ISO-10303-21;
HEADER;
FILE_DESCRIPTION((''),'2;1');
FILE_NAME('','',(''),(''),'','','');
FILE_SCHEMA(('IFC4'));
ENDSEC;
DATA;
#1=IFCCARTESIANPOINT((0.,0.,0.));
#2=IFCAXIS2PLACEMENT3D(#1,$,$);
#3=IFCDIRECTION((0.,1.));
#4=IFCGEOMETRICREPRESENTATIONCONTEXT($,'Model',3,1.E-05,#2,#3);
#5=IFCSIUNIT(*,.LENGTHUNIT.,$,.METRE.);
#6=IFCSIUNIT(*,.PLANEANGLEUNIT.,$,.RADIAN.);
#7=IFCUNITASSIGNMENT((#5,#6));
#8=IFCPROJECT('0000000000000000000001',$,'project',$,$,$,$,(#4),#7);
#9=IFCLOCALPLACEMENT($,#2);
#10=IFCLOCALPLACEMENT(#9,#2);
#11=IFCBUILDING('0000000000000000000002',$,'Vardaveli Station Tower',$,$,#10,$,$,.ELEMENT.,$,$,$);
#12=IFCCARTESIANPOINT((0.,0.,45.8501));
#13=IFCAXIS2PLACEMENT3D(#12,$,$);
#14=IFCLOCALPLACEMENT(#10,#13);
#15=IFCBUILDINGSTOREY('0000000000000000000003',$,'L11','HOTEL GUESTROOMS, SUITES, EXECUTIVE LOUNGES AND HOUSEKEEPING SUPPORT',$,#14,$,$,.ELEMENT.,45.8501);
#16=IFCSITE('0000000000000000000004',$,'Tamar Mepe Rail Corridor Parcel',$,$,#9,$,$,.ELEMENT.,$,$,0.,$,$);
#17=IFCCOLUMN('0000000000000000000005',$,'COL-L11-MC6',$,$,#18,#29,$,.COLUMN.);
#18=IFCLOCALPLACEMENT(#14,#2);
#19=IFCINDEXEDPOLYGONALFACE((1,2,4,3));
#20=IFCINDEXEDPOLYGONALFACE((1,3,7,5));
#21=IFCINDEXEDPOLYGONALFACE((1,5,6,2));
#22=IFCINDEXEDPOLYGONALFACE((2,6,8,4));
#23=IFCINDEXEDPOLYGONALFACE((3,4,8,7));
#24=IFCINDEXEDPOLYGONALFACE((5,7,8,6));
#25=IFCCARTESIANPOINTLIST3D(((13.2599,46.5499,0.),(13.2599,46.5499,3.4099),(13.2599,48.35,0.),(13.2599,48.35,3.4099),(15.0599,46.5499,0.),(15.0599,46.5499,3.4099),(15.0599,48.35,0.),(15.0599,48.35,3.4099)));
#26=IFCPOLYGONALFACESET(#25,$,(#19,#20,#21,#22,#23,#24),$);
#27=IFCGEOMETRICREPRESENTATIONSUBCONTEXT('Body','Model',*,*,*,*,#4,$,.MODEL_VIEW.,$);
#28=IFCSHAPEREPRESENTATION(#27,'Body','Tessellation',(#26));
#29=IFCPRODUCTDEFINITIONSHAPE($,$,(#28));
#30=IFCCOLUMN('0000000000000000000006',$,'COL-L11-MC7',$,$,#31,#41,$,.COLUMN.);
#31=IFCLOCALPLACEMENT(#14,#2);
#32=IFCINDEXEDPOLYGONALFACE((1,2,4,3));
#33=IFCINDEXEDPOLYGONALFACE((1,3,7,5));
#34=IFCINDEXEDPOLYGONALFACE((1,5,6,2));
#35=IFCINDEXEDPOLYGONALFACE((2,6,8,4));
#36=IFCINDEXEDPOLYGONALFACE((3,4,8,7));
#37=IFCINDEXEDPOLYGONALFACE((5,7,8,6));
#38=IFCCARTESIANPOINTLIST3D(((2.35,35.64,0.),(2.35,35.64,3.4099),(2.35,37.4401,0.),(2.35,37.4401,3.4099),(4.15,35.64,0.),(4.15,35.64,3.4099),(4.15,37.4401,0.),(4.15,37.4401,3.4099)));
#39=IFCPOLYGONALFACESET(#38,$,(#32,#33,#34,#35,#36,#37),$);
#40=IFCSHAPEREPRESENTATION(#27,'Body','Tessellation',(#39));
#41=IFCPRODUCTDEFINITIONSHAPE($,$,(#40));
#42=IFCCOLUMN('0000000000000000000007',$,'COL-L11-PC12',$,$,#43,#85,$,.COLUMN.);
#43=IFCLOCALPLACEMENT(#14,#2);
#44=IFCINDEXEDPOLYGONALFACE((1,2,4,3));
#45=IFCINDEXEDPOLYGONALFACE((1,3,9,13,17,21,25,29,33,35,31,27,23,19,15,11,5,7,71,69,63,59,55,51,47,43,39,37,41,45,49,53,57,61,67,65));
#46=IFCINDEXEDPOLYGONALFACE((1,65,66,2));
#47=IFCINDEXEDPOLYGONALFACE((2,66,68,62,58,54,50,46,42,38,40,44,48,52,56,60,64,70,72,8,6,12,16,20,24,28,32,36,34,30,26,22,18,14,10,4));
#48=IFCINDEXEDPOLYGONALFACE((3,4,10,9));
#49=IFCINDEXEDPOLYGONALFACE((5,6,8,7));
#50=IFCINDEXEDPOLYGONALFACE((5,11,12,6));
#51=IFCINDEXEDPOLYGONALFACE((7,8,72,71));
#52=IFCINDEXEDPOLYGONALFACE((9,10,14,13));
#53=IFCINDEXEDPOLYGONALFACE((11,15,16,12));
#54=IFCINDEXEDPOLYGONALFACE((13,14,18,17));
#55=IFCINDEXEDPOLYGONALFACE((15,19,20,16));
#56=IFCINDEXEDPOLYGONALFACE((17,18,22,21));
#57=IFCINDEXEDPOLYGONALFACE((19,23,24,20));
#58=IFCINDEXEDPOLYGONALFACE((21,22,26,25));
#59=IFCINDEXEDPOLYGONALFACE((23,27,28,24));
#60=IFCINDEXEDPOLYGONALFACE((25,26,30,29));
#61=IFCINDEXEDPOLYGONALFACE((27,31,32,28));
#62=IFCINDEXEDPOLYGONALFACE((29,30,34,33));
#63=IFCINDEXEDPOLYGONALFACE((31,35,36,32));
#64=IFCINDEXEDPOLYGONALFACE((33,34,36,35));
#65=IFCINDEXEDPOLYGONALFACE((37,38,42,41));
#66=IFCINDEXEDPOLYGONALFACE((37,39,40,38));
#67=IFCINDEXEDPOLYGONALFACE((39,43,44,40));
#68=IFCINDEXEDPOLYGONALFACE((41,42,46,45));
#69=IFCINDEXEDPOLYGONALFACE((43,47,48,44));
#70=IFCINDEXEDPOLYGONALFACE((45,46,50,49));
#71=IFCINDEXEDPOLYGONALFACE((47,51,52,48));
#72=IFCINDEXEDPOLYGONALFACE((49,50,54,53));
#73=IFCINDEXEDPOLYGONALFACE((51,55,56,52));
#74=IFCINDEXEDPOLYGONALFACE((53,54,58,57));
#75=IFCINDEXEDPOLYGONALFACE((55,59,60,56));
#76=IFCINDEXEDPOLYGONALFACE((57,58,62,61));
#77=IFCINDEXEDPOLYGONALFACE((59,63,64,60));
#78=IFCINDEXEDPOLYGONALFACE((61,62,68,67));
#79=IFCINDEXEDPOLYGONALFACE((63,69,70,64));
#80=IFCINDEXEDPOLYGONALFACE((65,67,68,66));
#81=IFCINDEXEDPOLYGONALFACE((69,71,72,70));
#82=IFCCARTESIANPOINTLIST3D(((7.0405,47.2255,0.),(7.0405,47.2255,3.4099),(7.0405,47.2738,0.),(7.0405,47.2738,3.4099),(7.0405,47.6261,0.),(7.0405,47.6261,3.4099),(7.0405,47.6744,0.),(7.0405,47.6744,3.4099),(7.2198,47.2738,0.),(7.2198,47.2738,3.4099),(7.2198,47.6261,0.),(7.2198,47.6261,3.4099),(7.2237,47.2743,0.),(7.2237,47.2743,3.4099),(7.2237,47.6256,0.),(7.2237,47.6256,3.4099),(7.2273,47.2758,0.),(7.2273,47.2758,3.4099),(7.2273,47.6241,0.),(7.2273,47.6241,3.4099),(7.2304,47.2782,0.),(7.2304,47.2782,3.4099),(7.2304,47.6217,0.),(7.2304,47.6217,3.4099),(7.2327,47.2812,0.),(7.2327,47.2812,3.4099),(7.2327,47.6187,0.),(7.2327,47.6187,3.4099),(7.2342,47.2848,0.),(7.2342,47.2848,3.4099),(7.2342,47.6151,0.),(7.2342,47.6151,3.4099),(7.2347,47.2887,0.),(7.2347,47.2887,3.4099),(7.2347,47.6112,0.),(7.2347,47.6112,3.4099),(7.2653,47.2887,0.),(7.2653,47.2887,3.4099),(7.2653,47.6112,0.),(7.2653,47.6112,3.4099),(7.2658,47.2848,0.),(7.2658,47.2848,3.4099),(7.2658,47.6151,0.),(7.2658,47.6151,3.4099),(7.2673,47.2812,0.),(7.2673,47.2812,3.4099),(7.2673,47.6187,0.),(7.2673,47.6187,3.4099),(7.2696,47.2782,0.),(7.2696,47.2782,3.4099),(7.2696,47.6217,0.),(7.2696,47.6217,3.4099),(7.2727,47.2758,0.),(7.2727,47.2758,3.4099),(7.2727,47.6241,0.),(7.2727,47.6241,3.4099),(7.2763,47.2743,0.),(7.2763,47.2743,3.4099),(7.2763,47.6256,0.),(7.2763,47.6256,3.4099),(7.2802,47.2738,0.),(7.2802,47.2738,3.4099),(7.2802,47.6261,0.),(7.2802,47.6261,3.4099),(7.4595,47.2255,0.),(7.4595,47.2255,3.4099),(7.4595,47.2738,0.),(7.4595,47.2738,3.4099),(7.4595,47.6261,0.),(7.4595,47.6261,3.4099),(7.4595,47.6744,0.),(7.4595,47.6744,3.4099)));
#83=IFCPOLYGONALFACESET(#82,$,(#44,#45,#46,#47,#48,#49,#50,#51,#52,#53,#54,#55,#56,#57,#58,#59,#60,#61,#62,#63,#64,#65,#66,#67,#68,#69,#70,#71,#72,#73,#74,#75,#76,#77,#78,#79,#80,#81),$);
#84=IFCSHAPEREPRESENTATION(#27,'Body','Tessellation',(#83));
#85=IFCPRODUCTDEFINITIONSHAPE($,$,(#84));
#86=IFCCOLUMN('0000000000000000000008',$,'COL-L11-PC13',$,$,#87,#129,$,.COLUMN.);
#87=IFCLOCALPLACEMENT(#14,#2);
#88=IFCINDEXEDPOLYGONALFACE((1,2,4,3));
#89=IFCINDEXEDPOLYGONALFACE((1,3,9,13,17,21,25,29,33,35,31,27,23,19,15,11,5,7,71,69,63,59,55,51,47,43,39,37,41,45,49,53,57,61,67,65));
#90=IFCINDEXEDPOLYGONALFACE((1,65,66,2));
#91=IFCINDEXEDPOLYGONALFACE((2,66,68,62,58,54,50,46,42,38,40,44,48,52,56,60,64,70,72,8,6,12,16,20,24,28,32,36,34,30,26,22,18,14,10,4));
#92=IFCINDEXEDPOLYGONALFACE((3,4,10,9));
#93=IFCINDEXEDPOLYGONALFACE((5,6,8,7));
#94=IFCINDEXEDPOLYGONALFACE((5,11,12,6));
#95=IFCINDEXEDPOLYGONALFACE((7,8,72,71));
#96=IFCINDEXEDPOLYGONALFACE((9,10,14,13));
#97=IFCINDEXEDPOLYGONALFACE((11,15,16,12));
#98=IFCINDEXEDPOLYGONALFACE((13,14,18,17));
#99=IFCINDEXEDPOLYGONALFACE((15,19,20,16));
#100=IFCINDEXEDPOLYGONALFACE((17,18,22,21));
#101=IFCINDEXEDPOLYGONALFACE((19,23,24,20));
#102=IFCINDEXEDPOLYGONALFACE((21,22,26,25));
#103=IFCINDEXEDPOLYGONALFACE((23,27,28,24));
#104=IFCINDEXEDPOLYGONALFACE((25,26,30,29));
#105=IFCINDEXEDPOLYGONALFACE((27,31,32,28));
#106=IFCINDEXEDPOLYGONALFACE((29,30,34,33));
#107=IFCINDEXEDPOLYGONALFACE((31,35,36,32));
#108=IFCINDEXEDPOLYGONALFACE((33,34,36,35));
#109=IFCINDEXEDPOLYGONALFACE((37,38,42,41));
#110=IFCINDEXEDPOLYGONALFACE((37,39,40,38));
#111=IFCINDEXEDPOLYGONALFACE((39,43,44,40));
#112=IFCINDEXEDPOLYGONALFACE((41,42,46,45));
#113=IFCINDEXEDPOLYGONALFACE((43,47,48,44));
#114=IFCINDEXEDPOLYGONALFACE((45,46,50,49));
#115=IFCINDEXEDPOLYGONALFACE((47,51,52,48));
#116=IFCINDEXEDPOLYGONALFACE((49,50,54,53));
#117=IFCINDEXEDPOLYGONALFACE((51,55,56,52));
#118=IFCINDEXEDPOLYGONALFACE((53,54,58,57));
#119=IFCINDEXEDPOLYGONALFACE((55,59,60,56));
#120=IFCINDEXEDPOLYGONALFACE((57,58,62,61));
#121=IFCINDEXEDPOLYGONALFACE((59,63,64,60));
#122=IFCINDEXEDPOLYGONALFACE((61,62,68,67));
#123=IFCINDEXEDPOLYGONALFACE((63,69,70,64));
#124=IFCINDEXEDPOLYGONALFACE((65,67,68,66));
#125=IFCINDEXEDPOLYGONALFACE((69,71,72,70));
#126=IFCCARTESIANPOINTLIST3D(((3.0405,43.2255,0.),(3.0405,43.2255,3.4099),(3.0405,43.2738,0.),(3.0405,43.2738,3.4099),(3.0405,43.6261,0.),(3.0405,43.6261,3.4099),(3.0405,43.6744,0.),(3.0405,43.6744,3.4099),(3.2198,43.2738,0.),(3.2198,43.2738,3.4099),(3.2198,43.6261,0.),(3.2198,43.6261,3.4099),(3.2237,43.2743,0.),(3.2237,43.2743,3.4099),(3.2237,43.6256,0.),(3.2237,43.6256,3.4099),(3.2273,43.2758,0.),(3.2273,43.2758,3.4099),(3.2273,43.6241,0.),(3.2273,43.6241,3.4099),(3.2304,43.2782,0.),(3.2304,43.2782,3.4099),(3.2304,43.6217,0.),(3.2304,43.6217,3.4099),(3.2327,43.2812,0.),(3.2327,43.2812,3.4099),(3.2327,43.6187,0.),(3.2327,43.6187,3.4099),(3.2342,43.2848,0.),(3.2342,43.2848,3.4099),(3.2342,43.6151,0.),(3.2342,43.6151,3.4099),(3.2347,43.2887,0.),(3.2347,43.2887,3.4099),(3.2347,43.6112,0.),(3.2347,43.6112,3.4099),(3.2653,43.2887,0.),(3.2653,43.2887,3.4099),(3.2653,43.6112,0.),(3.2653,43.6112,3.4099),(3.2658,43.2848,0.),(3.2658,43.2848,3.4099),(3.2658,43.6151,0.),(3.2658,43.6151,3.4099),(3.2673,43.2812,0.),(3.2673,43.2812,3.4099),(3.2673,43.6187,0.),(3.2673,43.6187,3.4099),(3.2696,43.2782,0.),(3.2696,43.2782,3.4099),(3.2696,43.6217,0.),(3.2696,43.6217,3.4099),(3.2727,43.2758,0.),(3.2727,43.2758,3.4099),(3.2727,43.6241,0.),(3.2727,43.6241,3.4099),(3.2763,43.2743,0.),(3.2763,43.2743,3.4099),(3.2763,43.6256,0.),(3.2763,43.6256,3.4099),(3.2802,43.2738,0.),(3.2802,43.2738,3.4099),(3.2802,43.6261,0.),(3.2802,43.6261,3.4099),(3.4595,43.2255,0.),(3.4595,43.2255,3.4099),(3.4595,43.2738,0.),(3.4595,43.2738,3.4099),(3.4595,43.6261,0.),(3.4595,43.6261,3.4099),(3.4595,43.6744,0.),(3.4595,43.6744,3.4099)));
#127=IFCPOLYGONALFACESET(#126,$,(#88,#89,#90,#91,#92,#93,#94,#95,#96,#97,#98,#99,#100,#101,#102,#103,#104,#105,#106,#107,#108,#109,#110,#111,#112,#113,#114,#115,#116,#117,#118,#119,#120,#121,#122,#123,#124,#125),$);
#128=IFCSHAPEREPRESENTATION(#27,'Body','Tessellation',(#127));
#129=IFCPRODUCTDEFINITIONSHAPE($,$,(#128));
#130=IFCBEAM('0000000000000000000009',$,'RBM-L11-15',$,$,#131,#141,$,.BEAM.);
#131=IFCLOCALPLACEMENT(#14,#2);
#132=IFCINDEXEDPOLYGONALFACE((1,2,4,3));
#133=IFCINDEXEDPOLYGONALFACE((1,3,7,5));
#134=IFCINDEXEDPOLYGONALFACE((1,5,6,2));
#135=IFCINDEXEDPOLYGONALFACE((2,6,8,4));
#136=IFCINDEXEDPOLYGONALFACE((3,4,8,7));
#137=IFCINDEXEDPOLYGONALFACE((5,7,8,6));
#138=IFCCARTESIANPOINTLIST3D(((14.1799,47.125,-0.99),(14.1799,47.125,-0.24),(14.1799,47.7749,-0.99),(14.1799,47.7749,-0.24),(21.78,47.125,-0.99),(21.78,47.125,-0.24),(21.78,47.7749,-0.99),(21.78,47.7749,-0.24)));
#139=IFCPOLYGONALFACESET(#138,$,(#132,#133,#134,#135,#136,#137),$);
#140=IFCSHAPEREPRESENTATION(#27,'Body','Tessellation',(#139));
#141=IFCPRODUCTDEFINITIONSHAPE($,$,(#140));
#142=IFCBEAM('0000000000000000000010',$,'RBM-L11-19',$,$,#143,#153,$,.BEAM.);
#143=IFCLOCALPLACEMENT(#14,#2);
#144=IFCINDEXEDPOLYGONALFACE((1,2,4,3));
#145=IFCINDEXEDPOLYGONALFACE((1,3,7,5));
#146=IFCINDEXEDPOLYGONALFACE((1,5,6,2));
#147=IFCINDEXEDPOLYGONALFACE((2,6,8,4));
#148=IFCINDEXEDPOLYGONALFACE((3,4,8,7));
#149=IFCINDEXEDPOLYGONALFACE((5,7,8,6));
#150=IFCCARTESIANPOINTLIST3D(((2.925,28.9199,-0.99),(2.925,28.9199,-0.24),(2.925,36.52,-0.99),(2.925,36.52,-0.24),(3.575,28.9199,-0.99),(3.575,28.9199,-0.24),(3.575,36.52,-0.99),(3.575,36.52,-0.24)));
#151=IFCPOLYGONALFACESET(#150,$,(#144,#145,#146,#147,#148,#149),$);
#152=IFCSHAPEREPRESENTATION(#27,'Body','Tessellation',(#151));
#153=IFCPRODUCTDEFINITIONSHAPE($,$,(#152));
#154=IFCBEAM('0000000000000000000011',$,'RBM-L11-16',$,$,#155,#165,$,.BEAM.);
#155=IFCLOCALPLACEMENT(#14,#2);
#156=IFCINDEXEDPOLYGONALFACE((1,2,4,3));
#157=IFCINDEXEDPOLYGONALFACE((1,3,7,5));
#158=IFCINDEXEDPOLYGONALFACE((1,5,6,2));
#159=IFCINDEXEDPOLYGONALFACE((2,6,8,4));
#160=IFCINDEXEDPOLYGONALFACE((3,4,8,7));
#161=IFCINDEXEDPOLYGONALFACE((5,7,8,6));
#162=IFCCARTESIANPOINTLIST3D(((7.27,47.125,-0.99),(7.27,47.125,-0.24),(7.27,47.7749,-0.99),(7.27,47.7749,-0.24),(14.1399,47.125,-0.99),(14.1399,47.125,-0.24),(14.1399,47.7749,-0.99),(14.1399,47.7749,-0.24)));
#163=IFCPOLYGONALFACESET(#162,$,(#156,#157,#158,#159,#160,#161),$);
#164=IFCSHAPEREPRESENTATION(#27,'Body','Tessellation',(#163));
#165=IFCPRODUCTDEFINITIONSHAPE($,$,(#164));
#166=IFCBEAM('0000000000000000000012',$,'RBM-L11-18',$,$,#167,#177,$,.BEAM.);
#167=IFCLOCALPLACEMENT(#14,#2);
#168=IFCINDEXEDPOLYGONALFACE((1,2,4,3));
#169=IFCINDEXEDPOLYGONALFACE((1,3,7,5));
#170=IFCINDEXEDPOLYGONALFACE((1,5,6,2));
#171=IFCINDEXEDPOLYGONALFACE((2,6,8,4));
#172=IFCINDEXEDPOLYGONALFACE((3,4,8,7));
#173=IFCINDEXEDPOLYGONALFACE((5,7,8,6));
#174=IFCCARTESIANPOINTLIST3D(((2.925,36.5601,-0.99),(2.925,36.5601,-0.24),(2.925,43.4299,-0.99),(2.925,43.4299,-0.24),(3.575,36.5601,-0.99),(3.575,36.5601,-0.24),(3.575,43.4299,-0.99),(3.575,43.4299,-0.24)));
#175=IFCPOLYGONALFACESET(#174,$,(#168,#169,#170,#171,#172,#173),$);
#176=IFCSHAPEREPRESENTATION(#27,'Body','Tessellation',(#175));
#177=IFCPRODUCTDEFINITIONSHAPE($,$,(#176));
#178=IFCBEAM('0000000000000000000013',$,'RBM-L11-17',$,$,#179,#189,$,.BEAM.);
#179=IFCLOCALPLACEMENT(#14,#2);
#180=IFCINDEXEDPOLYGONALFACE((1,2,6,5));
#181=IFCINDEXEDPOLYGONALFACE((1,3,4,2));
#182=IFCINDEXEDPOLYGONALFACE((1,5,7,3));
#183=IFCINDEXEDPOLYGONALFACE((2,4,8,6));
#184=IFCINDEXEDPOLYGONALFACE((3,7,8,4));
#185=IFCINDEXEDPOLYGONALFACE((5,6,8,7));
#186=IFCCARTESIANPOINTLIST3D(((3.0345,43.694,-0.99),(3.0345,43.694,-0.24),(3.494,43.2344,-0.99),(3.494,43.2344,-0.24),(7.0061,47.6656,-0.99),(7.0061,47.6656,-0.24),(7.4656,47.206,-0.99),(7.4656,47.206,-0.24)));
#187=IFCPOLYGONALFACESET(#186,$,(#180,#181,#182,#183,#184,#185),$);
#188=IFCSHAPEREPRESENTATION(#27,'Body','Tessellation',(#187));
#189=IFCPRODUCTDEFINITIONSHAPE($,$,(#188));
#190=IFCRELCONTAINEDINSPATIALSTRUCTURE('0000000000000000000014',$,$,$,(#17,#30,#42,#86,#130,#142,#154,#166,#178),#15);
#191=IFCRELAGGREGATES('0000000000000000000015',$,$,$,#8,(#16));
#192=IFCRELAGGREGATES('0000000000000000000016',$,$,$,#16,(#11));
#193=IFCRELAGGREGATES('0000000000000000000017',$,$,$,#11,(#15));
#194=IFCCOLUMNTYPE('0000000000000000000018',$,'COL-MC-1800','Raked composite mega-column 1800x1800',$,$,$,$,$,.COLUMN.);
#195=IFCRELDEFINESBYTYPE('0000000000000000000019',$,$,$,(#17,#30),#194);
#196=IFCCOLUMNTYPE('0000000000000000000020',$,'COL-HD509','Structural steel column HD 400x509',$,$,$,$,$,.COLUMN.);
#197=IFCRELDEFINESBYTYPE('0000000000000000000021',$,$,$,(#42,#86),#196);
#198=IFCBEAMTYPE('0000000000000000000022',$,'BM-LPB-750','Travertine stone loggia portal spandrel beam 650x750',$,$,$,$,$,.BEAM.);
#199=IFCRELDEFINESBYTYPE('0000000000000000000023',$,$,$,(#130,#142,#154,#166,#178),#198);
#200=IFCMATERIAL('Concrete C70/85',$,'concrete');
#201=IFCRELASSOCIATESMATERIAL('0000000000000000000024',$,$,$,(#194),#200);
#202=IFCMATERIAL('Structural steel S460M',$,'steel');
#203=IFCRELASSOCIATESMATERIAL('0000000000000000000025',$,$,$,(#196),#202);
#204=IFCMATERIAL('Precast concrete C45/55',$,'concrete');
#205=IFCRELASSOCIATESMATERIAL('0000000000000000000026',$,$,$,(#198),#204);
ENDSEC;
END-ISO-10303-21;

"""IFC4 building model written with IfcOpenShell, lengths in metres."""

from ifc_helpers import new_model, si_unit, direction, frame, origin, origin_2d, place, context, subcontext, project, spatial, rectangle, i_section, extrude, source, transform, mapped, material, material_profile, profile_set, type_object, element, save


model = new_model("IFC4")

# Units and contexts
model_context = context("Model", 3, precision=1e-05, world=origin(), true_north=direction((0.0, 1.0)))
body_context = subcontext(model_context, "Body", "Model", "MODEL_VIEW")
ifc_project = project(units=[si_unit("LENGTHUNIT", "METRE"), si_unit("PLANEANGLEUNIT", "RADIAN")], contexts=[model_context])

# Site, building, storey
site_placement = place(None, origin())
site = spatial("IfcSite", under=ifc_project, at=site_placement, Name="Tamar Mepe Rail Corridor Parcel", CompositionType="ELEMENT", RefElevation=0.0)
building_placement = place(site_placement, origin())
building = spatial("IfcBuilding", under=site, at=building_placement, Name="Vardaveli Station Tower", CompositionType="ELEMENT")
storey_placement = place(building_placement, frame((0.0, 0.0, 45.8501)))
storey = spatial("IfcBuildingStorey", under=building, at=storey_placement, Name="L11", Description="HOTEL GUESTROOMS, SUITES, EXECUTIVE LOUNGES AND HOUSEKEEPING SUPPORT", CompositionType="ELEMENT", Elevation=45.8501)

# Columns
ifc_material_1 = material(Name="Concrete C70/85", Category="concrete")
ifc_material_profile_1 = material_profile(ifc_material_1, rectangle(XDim=1.8, YDim=1.8, at=origin_2d()), Name="MC 1800x1800")
ifc_profile_set_1 = profile_set([ifc_material_profile_1], Name="Concrete C70/85")
column_type_1 = type_object("IfcColumnType", Name="COL-MC-1800", Description="Raked composite mega-column 1800x1800", PredefinedType="COLUMN", material=ifc_profile_set_1)
shared_shape_1 = source(origin(), body_context, "Body", "SweptSolid", [
    extrude(rectangle(XDim=1.8, YDim=1.8, at=origin_2d()), origin(), (0.0, 0.0, 1.0), 3.4099),
])
for number, where, z_axis, x_axis, name in (
    (1, (14.1599, 47.45, 0.0), (0.0, 0.0, 1.0), (1.0, 0.0, 0.0), "COL-L11-MC6"),
    (2, (3.25, 36.54, 0.0), (0.0, 0.0, 1.0), (1.0, 0.0, 0.0), "COL-L11-MC7"),
):
    element("IfcColumn", number, at=place(storey_placement, frame(where, z_axis=z_axis, x_axis=x_axis)), inside=storey, type_object=column_type_1, Name=name, PredefinedType="COLUMN", context=body_context, shape_type="MappedRepresentation", body=[
        mapped(shared_shape_1, transform((0.0, 0.0, 0.0), scale=1.0)),
    ])
ifc_material_2 = material(Name="Structural steel S460M", Category="steel")
ifc_material_profile_2 = material_profile(ifc_material_2, i_section(OverallWidth=0.4189, OverallDepth=0.449, WebThickness=0.0305, FlangeThickness=0.0483, FilletRadius=0.0149, at=origin_2d()), Name="HD 400x509")
ifc_profile_set_2 = profile_set([ifc_material_profile_2], Name="Structural steel S460M")
column_type_2 = type_object("IfcColumnType", Name="COL-HD509", Description="Structural steel column HD 400x509", PredefinedType="COLUMN", material=ifc_profile_set_2)
shared_shape_2 = source(origin(), body_context, "Body", "SweptSolid", [
    extrude(i_section(OverallWidth=0.4189, OverallDepth=0.449, WebThickness=0.0305, FlangeThickness=0.0483, FilletRadius=0.0149, at=origin_2d()), origin(), (0.0, 0.0, 1.0), 3.4099),
])
for number, where, z_axis, x_axis, name in (
    (3, (7.25, 47.45, 0.0), (0.0, 0.0, 1.0), (1.0, 0.0, 0.0), "COL-L11-PC12"),
    (4, (3.25, 43.45, 0.0), (0.0, 0.0, 1.0), (1.0, 0.0, 0.0), "COL-L11-PC13"),
):
    element("IfcColumn", number, at=place(storey_placement, frame(where, z_axis=z_axis, x_axis=x_axis)), inside=storey, type_object=column_type_2, Name=name, PredefinedType="COLUMN", context=body_context, shape_type="MappedRepresentation", body=[
        mapped(shared_shape_2, transform((0.0, 0.0, 0.0), scale=1.0)),
    ])

# Beams
ifc_material_3 = material(Name="Precast concrete C45/55", Category="concrete")
ifc_material_profile_3 = material_profile(ifc_material_3, rectangle(XDim=0.6499, YDim=0.75, at=origin_2d()), Name="LPB 650x750")
ifc_profile_set_3 = profile_set([ifc_material_profile_3], Name="Precast concrete C45/55")
beam_type = type_object("IfcBeamType", Name="BM-LPB-750", Description="Travertine stone loggia portal spandrel beam 650x750", PredefinedType="BEAM", material=ifc_profile_set_3)
shared_shape_3 = source(origin(), body_context, "Body", "SweptSolid", [
    extrude(rectangle(XDim=0.6499, YDim=0.75, at=origin_2d()), origin(), (0.0, 0.0, 1.0), 7.6001),
])
for number, where, z_axis, x_axis, name in (
    (5, (21.78, 47.45, -0.615), (-1.0, 0.0, 0.0), (0.0, -1.0, 0.0), "RBM-L11-15"),
    (6, (3.25, 36.52, -0.615), (0.0, -1.0, 0.0), (1.0, 0.0, 0.0), "RBM-L11-19"),
):
    element("IfcBeam", number, at=place(storey_placement, frame(where, z_axis=z_axis, x_axis=x_axis)), inside=storey, type_object=beam_type, Name=name, PredefinedType="BEAM", context=body_context, shape_type="MappedRepresentation", body=[
        mapped(shared_shape_3, transform((0.0, 0.0, 0.0), scale=1.0)),
    ])
shared_shape_4 = source(origin(), body_context, "Body", "SweptSolid", [
    extrude(rectangle(XDim=0.6499, YDim=0.75, at=origin_2d()), origin(), (0.0, 0.0, 1.0), 6.8699),
])
for number, where, z_axis, x_axis, name in (
    (7, (14.1399, 47.45, -0.615), (-1.0, 0.0, 0.0), (0.0, -1.0, 0.0), "RBM-L11-16"),
    (8, (3.25, 43.4299, -0.615), (0.0, -1.0, 0.0), (1.0, 0.0, 0.0), "RBM-L11-18"),
):
    element("IfcBeam", number, at=place(storey_placement, frame(where, z_axis=z_axis, x_axis=x_axis)), inside=storey, type_object=beam_type, Name=name, PredefinedType="BEAM", context=body_context, shape_type="MappedRepresentation", body=[
        mapped(shared_shape_4, transform((0.0, 0.0, 0.0), scale=1.0)),
    ])
shared_shape_5 = source(origin(), body_context, "Body", "SweptSolid", [
    extrude(rectangle(XDim=0.6499, YDim=0.75, at=origin_2d()), origin(), (0.0, 0.0, 1.0), 5.6167),
])
beam_placement = place(storey_placement, frame((7.2358, 47.4358, -0.615), z_axis=(-0.707107, -0.707107, 0.0), x_axis=(0.707107, -0.707107, 0.0)))
element("IfcBeam", 9, at=beam_placement, inside=storey, type_object=beam_type, Name="RBM-L11-17", PredefinedType="BEAM", context=body_context, shape_type="MappedRepresentation", body=[
    mapped(shared_shape_5, transform((0.0, 0.0, 0.0), scale=1.0)),
])

save(model, "model.ifc")
